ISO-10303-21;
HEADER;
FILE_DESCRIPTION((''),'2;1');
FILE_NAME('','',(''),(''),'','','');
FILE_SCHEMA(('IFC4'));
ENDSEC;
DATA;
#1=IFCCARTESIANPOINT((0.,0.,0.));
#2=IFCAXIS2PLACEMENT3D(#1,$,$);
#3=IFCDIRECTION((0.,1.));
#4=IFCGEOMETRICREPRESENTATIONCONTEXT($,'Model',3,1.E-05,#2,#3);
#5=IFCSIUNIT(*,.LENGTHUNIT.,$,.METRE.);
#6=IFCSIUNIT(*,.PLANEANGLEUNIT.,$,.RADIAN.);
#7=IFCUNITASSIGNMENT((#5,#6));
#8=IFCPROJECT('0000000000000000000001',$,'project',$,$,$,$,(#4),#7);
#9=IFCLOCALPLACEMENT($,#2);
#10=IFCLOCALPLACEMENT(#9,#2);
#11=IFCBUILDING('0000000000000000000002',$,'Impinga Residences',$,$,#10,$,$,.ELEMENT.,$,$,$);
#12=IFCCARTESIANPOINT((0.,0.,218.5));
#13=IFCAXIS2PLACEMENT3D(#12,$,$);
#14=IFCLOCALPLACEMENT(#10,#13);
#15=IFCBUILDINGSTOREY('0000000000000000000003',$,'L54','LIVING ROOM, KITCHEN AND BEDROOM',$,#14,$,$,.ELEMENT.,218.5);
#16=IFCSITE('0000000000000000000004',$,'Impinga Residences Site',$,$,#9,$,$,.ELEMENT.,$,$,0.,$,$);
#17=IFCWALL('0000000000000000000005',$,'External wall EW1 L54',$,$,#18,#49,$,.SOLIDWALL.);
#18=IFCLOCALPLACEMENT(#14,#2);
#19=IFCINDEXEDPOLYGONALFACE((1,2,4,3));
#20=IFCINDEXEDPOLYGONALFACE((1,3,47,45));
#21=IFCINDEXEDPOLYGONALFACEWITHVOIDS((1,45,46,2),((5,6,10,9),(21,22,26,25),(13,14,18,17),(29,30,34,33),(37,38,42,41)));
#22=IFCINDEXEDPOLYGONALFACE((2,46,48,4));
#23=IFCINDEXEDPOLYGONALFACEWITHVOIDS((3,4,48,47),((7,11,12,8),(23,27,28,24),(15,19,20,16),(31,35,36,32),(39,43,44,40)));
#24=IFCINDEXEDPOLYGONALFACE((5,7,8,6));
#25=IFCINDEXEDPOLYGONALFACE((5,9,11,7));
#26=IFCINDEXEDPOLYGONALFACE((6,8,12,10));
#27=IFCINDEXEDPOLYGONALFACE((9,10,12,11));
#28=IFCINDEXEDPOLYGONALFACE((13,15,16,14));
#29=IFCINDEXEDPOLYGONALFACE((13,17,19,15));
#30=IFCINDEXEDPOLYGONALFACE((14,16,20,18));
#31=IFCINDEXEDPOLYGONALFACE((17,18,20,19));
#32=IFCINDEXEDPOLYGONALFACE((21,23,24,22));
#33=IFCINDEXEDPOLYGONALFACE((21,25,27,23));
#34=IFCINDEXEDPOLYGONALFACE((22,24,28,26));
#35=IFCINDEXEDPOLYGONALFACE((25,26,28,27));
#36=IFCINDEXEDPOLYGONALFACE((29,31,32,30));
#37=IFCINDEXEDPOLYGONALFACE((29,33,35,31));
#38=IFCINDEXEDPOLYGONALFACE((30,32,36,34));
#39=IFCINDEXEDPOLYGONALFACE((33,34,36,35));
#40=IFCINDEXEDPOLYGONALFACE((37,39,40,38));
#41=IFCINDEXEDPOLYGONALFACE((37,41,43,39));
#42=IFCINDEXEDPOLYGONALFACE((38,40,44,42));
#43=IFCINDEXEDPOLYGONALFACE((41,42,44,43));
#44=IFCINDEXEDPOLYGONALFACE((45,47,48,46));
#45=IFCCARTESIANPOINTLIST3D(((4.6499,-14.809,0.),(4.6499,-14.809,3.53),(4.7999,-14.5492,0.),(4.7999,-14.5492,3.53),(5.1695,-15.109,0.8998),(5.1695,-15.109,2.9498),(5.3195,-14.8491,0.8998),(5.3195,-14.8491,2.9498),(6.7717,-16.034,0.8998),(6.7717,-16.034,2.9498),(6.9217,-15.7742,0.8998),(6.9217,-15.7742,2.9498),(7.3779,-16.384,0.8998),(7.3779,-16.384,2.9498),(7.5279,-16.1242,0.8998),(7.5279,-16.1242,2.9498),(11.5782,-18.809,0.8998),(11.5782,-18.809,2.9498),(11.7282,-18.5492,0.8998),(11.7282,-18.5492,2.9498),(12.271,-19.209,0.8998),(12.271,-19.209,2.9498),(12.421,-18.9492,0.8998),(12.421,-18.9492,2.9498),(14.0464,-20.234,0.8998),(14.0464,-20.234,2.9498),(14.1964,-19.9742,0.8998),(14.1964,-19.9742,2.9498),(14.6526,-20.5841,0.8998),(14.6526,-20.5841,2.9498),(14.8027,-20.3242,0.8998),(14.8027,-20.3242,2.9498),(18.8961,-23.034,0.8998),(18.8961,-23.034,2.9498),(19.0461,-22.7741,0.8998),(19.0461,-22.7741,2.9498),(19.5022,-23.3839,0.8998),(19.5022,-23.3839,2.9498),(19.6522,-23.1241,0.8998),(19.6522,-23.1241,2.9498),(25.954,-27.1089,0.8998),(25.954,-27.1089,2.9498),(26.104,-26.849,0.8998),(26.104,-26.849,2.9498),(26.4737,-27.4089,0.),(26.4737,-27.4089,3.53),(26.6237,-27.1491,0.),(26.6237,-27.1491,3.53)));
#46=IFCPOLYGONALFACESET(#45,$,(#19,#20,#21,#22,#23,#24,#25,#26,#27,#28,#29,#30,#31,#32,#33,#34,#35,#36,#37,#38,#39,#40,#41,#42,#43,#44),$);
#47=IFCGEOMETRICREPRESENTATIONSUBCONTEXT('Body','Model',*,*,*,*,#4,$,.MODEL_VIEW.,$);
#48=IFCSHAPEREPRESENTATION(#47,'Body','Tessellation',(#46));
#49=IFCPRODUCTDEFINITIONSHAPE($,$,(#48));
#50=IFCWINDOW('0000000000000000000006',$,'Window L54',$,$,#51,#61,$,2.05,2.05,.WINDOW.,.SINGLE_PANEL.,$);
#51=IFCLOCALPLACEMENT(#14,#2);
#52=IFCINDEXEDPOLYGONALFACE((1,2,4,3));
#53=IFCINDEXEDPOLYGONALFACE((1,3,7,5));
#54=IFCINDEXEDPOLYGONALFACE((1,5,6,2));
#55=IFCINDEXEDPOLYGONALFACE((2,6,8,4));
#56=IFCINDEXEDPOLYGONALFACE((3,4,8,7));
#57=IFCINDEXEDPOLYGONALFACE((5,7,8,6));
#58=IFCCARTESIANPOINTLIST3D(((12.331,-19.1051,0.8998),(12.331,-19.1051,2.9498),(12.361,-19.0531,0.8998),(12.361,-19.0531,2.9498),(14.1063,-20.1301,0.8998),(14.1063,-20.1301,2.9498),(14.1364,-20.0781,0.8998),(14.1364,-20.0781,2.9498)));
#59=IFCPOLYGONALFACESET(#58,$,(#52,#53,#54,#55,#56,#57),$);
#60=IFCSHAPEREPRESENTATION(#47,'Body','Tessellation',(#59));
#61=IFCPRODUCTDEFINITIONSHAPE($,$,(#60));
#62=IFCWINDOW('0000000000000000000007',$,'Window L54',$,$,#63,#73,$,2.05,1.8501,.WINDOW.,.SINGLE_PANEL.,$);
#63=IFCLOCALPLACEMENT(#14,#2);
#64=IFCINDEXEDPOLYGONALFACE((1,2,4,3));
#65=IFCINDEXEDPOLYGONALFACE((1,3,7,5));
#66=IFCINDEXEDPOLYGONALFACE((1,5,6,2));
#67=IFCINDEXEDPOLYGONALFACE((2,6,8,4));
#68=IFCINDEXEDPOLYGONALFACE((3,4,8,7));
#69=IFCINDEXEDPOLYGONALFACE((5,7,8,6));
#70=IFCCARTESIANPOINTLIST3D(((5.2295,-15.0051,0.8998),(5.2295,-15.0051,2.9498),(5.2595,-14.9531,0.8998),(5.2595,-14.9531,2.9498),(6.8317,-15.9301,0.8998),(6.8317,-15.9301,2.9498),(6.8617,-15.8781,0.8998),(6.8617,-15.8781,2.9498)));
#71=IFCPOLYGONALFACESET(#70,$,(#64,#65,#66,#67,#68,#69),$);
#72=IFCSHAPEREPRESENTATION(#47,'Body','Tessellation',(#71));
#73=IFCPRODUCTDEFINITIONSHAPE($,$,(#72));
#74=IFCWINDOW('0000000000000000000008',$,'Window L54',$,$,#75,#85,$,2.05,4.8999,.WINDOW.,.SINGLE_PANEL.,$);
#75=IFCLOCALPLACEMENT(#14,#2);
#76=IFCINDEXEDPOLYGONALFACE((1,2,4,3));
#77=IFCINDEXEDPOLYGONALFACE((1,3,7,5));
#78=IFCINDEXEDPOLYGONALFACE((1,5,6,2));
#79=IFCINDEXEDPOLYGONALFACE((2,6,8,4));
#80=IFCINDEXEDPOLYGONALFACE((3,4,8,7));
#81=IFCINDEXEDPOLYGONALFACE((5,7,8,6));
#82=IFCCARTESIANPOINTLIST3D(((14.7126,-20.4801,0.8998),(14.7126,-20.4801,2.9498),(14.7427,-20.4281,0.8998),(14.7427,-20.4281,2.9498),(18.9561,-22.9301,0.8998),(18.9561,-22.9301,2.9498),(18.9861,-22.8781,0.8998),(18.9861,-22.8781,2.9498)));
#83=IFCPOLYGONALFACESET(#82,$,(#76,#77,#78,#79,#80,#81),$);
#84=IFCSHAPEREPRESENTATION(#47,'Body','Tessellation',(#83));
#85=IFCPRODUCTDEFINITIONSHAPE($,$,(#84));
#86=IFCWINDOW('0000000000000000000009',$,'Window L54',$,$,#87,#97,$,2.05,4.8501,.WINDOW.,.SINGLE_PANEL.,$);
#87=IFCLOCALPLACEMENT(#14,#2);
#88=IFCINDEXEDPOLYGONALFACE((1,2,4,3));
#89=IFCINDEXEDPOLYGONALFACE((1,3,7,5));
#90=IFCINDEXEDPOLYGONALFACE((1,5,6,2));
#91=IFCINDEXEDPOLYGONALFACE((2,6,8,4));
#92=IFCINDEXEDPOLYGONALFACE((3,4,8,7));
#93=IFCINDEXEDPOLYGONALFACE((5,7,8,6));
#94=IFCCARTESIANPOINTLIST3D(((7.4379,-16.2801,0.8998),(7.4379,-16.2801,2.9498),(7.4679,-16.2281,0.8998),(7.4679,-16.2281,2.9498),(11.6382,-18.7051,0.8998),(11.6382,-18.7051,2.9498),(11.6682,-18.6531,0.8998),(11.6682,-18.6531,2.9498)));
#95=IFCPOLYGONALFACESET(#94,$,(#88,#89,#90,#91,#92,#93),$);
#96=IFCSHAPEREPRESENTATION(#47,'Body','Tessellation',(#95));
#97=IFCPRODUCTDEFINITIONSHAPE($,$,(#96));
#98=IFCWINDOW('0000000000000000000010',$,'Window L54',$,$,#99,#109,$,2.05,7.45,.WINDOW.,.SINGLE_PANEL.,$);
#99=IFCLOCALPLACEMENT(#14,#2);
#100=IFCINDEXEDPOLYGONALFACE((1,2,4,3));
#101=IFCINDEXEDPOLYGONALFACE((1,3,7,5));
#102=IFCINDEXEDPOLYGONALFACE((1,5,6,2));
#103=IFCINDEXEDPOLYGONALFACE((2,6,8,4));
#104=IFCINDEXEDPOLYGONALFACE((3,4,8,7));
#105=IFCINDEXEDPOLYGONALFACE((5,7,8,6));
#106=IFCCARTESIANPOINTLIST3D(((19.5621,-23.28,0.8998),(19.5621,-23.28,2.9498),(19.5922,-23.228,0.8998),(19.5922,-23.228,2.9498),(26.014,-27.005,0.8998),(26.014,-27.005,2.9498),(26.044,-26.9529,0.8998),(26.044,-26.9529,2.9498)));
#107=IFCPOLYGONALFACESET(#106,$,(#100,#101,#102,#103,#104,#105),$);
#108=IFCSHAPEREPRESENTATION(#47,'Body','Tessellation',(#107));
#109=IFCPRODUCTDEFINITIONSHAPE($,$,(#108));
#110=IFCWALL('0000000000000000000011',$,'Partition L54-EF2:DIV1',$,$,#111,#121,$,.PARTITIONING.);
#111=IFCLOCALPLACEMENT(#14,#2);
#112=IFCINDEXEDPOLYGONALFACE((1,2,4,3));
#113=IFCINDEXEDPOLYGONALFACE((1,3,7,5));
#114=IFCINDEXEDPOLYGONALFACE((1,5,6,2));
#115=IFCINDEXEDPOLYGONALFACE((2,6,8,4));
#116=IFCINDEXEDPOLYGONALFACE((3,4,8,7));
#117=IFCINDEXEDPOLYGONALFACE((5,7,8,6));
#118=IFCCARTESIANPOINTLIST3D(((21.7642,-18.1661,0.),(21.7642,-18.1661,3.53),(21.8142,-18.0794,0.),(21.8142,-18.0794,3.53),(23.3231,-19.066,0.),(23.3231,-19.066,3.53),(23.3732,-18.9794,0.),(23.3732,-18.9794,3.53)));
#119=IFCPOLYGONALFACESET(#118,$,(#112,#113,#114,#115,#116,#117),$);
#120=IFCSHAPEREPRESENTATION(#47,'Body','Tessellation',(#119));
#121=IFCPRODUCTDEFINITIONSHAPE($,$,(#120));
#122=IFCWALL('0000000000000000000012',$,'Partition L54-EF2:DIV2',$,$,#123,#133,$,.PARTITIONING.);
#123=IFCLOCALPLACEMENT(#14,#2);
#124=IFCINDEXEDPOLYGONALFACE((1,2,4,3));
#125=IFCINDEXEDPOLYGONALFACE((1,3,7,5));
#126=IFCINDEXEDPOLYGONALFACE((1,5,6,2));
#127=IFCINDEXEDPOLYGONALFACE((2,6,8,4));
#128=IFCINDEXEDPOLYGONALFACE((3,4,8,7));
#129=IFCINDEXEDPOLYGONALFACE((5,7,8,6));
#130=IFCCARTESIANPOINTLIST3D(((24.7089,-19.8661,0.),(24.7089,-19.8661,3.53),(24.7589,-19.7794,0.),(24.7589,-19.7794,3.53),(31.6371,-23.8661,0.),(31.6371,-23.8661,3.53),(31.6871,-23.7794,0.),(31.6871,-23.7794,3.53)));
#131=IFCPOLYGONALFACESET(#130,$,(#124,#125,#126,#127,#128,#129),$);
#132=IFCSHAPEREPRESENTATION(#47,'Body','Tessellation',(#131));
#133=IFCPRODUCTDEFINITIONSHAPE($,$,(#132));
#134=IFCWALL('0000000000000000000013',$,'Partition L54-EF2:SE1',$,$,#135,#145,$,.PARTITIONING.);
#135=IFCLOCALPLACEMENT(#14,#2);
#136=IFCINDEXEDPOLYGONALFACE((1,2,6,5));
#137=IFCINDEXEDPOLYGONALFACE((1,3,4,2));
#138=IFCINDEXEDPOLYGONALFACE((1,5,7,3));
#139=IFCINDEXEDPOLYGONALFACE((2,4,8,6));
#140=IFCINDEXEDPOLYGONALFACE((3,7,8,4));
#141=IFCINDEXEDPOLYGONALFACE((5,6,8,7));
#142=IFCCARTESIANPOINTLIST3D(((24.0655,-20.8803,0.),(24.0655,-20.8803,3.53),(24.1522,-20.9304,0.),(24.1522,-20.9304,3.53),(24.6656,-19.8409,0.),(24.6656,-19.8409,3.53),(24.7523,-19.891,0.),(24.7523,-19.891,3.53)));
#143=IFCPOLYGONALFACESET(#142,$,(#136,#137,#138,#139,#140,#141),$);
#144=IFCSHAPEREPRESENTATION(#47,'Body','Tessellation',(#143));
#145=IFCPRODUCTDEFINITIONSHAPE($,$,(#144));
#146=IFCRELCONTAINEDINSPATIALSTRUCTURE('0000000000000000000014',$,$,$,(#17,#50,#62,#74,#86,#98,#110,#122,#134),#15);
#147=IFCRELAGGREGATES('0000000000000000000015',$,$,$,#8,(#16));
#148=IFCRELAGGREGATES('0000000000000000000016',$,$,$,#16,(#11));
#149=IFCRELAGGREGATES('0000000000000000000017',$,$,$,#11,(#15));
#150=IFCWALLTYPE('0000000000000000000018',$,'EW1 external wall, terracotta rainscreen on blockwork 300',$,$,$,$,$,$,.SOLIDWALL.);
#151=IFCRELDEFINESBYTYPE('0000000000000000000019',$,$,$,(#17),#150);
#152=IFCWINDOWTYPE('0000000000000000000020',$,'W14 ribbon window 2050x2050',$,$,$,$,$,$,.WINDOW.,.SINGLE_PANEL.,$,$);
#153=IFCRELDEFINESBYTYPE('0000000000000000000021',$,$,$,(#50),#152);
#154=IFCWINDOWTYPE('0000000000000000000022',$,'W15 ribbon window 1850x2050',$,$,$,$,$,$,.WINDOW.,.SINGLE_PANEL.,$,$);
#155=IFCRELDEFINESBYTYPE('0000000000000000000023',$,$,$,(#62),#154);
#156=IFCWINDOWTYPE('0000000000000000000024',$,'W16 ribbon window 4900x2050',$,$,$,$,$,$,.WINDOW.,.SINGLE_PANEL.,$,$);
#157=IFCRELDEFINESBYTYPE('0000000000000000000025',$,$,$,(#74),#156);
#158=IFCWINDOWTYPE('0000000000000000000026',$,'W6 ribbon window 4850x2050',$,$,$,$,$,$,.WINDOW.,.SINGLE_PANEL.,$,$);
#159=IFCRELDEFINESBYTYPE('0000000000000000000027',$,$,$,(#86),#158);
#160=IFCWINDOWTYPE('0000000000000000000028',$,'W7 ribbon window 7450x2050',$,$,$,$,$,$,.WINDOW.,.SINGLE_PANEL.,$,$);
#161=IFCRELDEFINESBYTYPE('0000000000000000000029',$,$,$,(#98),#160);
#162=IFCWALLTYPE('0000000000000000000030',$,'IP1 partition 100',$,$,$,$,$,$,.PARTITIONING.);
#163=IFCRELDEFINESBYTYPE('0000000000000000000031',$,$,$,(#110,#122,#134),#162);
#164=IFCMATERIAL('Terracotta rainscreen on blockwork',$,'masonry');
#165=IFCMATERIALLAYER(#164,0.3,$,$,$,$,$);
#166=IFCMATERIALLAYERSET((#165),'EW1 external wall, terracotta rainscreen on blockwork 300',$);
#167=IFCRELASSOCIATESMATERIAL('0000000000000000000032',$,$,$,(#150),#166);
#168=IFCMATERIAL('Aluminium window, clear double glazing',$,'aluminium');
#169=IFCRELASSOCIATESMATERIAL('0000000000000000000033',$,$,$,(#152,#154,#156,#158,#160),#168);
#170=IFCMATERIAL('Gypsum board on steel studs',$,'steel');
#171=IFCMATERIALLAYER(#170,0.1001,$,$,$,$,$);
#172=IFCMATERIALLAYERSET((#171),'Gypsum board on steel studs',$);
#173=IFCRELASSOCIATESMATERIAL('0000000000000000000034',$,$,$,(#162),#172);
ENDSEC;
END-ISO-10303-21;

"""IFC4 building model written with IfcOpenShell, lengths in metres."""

from ifc_helpers import new_model, si_unit, direction, frame, frame_2d, origin, place, context, subcontext, project, spatial, rectangle, extrude, material, layer, layer_set, type_object, element, fill, save


model = new_model("IFC4")

# Units and contexts
model_context = context("Model", 3, precision=1e-05, world=origin(), true_north=direction((0.0, 1.0)))
body_context = subcontext(model_context, "Body", "Model", "MODEL_VIEW")
ifc_project = project(units=[si_unit("LENGTHUNIT", "METRE"), si_unit("PLANEANGLEUNIT", "RADIAN")], contexts=[model_context])

# Site, building, storey
site_placement = place(None, origin())
site = spatial("IfcSite", under=ifc_project, at=site_placement, Name="Impinga Residences Site", CompositionType="ELEMENT", RefElevation=0.0)
building_placement = place(site_placement, origin())
building = spatial("IfcBuilding", under=site, at=building_placement, Name="Impinga Residences", CompositionType="ELEMENT")
storey_placement = place(building_placement, frame((0.0, 0.0, 218.5)))
storey = spatial("IfcBuildingStorey", under=building, at=storey_placement, Name="L54", Description="LIVING ROOM, KITCHEN AND BEDROOM", CompositionType="ELEMENT", Elevation=218.5)

# Shared definitions
ifc_material_1 = material(Name="Terracotta rainscreen on blockwork", Category="masonry")
ifc_layer_1 = layer(ifc_material_1, 0.3)
ifc_layer_set_1 = layer_set([ifc_layer_1], Name="EW1 external wall, terracotta rainscreen on blockwork 300")
wall_type_1 = type_object("IfcWallType", Name="EW1 external wall, terracotta rainscreen on blockwork 300", PredefinedType="SOLIDWALL", material=ifc_layer_set_1)

# Wall, openings, windows
wall_1_placement = place(storey_placement, frame((26.5488, -27.2791, 0.0), z_axis=(0.0, 0.0, 1.0), x_axis=(-0.866027, 0.499998, 0.0)))
wall_1 = element("IfcWall", 1, at=wall_1_placement, inside=storey, type_object=wall_type_1, Name="External wall EW1 L54", PredefinedType="SOLIDWALL", context=body_context, shape_type="SweptSolid", body=[
    extrude(rectangle(XDim=25.2, YDim=0.3, at=frame_2d((12.6001, 0.0))), origin(), (0.0, 0.0, 1.0), 3.53),
])
opening_1_placement = place(wall_1_placement, frame((0.6001, 0.0, 0.8999)))
opening_1 = element("IfcOpeningElement", 2, at=opening_1_placement, cuts=wall_1, PredefinedType="OPENING", context=body_context, shape_type="SweptSolid", body=[
    extrude(rectangle(XDim=7.45, YDim=2.05, at=frame_2d((3.7251, 1.0249))), frame((0.0, 0.1599, 0.0), z_axis=(0.0, -1.0, 0.0), x_axis=(1.0, 0.0, 0.0)), (0.0, 0.0, 1.0), 0.3201),
])
opening_2_placement = place(wall_1_placement, frame((8.75, 0.0, 0.8999)))
opening_2 = element("IfcOpeningElement", 3, at=opening_2_placement, cuts=wall_1, PredefinedType="OPENING", context=body_context, shape_type="SweptSolid", body=[
    extrude(rectangle(XDim=4.8999, YDim=2.05, at=frame_2d((2.45, 1.0249))), frame((0.0, 0.1599, 0.0), z_axis=(0.0, -1.0, 0.0), x_axis=(1.0, 0.0, 0.0)), (0.0, 0.0, 1.0), 0.3201),
])
opening_3_placement = place(wall_1_placement, frame((14.3501, 0.0, 0.8999)))
opening_3 = element("IfcOpeningElement", 4, at=opening_3_placement, cuts=wall_1, PredefinedType="OPENING", context=body_context, shape_type="SweptSolid", body=[
    extrude(rectangle(XDim=2.05, YDim=2.05, at=frame_2d((1.0249, 1.0249))), frame((0.0, 0.1599, 0.0), z_axis=(0.0, -1.0, 0.0), x_axis=(1.0, 0.0, 0.0)), (0.0, 0.0, 1.0), 0.3201),
])
opening_4_placement = place(wall_1_placement, frame((17.2, 0.0, 0.8999)))
opening_4 = element("IfcOpeningElement", 5, at=opening_4_placement, cuts=wall_1, PredefinedType="OPENING", context=body_context, shape_type="SweptSolid", body=[
    extrude(rectangle(XDim=4.8501, YDim=2.05, at=frame_2d((2.425, 1.0249))), frame((0.0, 0.1599, 0.0), z_axis=(0.0, -1.0, 0.0), x_axis=(1.0, 0.0, 0.0)), (0.0, 0.0, 1.0), 0.3201),
])
opening_5_placement = place(wall_1_placement, frame((22.75, 0.0, 0.8999)))
opening_5 = element("IfcOpeningElement", 6, at=opening_5_placement, cuts=wall_1, PredefinedType="OPENING", context=body_context, shape_type="SweptSolid", body=[
    extrude(rectangle(XDim=1.8501, YDim=2.05, at=frame_2d((0.925, 1.0249))), frame((0.0, 0.1599, 0.0), z_axis=(0.0, -1.0, 0.0), x_axis=(1.0, 0.0, 0.0)), (0.0, 0.0, 1.0), 0.3201),
])
ifc_material_2 = material(Name="Aluminium window, clear double glazing", Category="aluminium")
window_type_1 = type_object("IfcWindowType", Name="W14 ribbon window 2050x2050", PartitioningType="SINGLE_PANEL", PredefinedType="WINDOW", material=ifc_material_2)
window_1_placement = place(opening_3_placement, origin())
window_1 = element("IfcWindow", 7, at=window_1_placement, inside=storey, type_object=window_type_1, Name="Window L54", OverallHeight=2.05, OverallWidth=2.05, PartitioningType="SINGLE_PANEL", PredefinedType="WINDOW", context=body_context, shape_type="SweptSolid", body=[
    extrude(rectangle(XDim=2.05, YDim=2.05, at=frame_2d((1.0249, 1.0249))), frame((0.0, 0.03, 0.0), z_axis=(0.0, -1.0, 0.0), x_axis=(1.0, 0.0, 0.0)), (0.0, 0.0, 1.0), 0.0601),
])
fill(opening_3, window_1)
window_type_2 = type_object("IfcWindowType", Name="W15 ribbon window 1850x2050", PartitioningType="SINGLE_PANEL", PredefinedType="WINDOW", material=ifc_material_2)
window_2_placement = place(opening_5_placement, origin())
window_2 = element("IfcWindow", 8, at=window_2_placement, inside=storey, type_object=window_type_2, Name="Window L54", OverallHeight=2.05, OverallWidth=1.8501, PartitioningType="SINGLE_PANEL", PredefinedType="WINDOW", context=body_context, shape_type="SweptSolid", body=[
    extrude(rectangle(XDim=1.8501, YDim=2.05, at=frame_2d((0.925, 1.0249))), frame((0.0, 0.03, 0.0), z_axis=(0.0, -1.0, 0.0), x_axis=(1.0, 0.0, 0.0)), (0.0, 0.0, 1.0), 0.0601),
])
fill(opening_5, window_2)
window_type_3 = type_object("IfcWindowType", Name="W16 ribbon window 4900x2050", PartitioningType="SINGLE_PANEL", PredefinedType="WINDOW", material=ifc_material_2)
window_3_placement = place(opening_2_placement, origin())
window_3 = element("IfcWindow", 9, at=window_3_placement, inside=storey, type_object=window_type_3, Name="Window L54", OverallHeight=2.05, OverallWidth=4.8999, PartitioningType="SINGLE_PANEL", PredefinedType="WINDOW", context=body_context, shape_type="SweptSolid", body=[
    extrude(rectangle(XDim=4.8999, YDim=2.05, at=frame_2d((2.45, 1.0249))), frame((0.0, 0.03, 0.0), z_axis=(0.0, -1.0, 0.0), x_axis=(1.0, 0.0, 0.0)), (0.0, 0.0, 1.0), 0.0601),
])
fill(opening_2, window_3)
window_type_4 = type_object("IfcWindowType", Name="W6 ribbon window 4850x2050", PartitioningType="SINGLE_PANEL", PredefinedType="WINDOW", material=ifc_material_2)
window_4_placement = place(opening_4_placement, origin())
window_4 = element("IfcWindow", 10, at=window_4_placement, inside=storey, type_object=window_type_4, Name="Window L54", OverallHeight=2.05, OverallWidth=4.8501, PartitioningType="SINGLE_PANEL", PredefinedType="WINDOW", context=body_context, shape_type="SweptSolid", body=[
    extrude(rectangle(XDim=4.8501, YDim=2.05, at=frame_2d((2.425, 1.0249))), frame((0.0, 0.03, 0.0), z_axis=(0.0, -1.0, 0.0), x_axis=(1.0, 0.0, 0.0)), (0.0, 0.0, 1.0), 0.0601),
])
fill(opening_4, window_4)
window_type_5 = type_object("IfcWindowType", Name="W7 ribbon window 7450x2050", PartitioningType="SINGLE_PANEL", PredefinedType="WINDOW", material=ifc_material_2)
window_5_placement = place(opening_1_placement, origin())
window_5 = element("IfcWindow", 11, at=window_5_placement, inside=storey, type_object=window_type_5, Name="Window L54", OverallHeight=2.05, OverallWidth=7.45, PartitioningType="SINGLE_PANEL", PredefinedType="WINDOW", context=body_context, shape_type="SweptSolid", body=[
    extrude(rectangle(XDim=7.45, YDim=2.05, at=frame_2d((3.7251, 1.0249))), frame((0.0, 0.03, 0.0), z_axis=(0.0, -1.0, 0.0), x_axis=(1.0, 0.0, 0.0)), (0.0, 0.0, 1.0), 0.0601),
])
fill(opening_1, window_5)

# Walls
ifc_material_3 = material(Name="Gypsum board on steel studs", Category="steel")
ifc_layer_2 = layer(ifc_material_3, 0.1001)
ifc_layer_set_2 = layer_set([ifc_layer_2], Name="Gypsum board on steel studs")
wall_type_2 = type_object("IfcWallType", Name="IP1 partition 100", PredefinedType="PARTITIONING", material=ifc_layer_set_2)
wall_2_placement = place(storey_placement, frame((21.7893, -18.1228, 0.0), z_axis=(0.0, 0.0, 1.0), x_axis=(0.866048, -0.499961, 0.0)))
element("IfcWall", 12, at=wall_2_placement, inside=storey, type_object=wall_type_2, Name="Partition L54-EF2:DIV1", PredefinedType="PARTITIONING", context=body_context, shape_type="SweptSolid", body=[
    extrude(rectangle(XDim=1.8, YDim=0.1001, at=frame_2d((0.8999, 0.0))), origin(), (0.0, 0.0, 1.0), 3.53),
])
wall_3_placement = place(storey_placement, frame((24.7339, -19.8228, 0.0), z_axis=(0.0, 0.0, 1.0), x_axis=(0.866026, -0.499999, 0.0)))
element("IfcWall", 13, at=wall_3_placement, inside=storey, type_object=wall_type_2, Name="Partition L54-EF2:DIV2", PredefinedType="PARTITIONING", context=body_context, shape_type="SweptSolid", body=[
    extrude(rectangle(XDim=8.0, YDim=0.1001, at=frame_2d((4.0, 0.0))), origin(), (0.0, 0.0, 1.0), 3.53),
])
wall_4_placement = place(storey_placement, frame((24.709, -19.866, 0.0), z_axis=(0.0, 0.0, 1.0), x_axis=(-0.500034, -0.866006, 0.0)))
element("IfcWall", 14, at=wall_4_placement, inside=storey, type_object=wall_type_2, Name="Partition L54-EF2:SE1", PredefinedType="PARTITIONING", context=body_context, shape_type="SweptSolid", body=[
    extrude(rectangle(XDim=1.2002, YDim=0.1001, at=frame_2d((0.6001, 0.0))), origin(), (0.0, 0.0, 1.0), 3.53),
])

save(model, "model.ifc")
